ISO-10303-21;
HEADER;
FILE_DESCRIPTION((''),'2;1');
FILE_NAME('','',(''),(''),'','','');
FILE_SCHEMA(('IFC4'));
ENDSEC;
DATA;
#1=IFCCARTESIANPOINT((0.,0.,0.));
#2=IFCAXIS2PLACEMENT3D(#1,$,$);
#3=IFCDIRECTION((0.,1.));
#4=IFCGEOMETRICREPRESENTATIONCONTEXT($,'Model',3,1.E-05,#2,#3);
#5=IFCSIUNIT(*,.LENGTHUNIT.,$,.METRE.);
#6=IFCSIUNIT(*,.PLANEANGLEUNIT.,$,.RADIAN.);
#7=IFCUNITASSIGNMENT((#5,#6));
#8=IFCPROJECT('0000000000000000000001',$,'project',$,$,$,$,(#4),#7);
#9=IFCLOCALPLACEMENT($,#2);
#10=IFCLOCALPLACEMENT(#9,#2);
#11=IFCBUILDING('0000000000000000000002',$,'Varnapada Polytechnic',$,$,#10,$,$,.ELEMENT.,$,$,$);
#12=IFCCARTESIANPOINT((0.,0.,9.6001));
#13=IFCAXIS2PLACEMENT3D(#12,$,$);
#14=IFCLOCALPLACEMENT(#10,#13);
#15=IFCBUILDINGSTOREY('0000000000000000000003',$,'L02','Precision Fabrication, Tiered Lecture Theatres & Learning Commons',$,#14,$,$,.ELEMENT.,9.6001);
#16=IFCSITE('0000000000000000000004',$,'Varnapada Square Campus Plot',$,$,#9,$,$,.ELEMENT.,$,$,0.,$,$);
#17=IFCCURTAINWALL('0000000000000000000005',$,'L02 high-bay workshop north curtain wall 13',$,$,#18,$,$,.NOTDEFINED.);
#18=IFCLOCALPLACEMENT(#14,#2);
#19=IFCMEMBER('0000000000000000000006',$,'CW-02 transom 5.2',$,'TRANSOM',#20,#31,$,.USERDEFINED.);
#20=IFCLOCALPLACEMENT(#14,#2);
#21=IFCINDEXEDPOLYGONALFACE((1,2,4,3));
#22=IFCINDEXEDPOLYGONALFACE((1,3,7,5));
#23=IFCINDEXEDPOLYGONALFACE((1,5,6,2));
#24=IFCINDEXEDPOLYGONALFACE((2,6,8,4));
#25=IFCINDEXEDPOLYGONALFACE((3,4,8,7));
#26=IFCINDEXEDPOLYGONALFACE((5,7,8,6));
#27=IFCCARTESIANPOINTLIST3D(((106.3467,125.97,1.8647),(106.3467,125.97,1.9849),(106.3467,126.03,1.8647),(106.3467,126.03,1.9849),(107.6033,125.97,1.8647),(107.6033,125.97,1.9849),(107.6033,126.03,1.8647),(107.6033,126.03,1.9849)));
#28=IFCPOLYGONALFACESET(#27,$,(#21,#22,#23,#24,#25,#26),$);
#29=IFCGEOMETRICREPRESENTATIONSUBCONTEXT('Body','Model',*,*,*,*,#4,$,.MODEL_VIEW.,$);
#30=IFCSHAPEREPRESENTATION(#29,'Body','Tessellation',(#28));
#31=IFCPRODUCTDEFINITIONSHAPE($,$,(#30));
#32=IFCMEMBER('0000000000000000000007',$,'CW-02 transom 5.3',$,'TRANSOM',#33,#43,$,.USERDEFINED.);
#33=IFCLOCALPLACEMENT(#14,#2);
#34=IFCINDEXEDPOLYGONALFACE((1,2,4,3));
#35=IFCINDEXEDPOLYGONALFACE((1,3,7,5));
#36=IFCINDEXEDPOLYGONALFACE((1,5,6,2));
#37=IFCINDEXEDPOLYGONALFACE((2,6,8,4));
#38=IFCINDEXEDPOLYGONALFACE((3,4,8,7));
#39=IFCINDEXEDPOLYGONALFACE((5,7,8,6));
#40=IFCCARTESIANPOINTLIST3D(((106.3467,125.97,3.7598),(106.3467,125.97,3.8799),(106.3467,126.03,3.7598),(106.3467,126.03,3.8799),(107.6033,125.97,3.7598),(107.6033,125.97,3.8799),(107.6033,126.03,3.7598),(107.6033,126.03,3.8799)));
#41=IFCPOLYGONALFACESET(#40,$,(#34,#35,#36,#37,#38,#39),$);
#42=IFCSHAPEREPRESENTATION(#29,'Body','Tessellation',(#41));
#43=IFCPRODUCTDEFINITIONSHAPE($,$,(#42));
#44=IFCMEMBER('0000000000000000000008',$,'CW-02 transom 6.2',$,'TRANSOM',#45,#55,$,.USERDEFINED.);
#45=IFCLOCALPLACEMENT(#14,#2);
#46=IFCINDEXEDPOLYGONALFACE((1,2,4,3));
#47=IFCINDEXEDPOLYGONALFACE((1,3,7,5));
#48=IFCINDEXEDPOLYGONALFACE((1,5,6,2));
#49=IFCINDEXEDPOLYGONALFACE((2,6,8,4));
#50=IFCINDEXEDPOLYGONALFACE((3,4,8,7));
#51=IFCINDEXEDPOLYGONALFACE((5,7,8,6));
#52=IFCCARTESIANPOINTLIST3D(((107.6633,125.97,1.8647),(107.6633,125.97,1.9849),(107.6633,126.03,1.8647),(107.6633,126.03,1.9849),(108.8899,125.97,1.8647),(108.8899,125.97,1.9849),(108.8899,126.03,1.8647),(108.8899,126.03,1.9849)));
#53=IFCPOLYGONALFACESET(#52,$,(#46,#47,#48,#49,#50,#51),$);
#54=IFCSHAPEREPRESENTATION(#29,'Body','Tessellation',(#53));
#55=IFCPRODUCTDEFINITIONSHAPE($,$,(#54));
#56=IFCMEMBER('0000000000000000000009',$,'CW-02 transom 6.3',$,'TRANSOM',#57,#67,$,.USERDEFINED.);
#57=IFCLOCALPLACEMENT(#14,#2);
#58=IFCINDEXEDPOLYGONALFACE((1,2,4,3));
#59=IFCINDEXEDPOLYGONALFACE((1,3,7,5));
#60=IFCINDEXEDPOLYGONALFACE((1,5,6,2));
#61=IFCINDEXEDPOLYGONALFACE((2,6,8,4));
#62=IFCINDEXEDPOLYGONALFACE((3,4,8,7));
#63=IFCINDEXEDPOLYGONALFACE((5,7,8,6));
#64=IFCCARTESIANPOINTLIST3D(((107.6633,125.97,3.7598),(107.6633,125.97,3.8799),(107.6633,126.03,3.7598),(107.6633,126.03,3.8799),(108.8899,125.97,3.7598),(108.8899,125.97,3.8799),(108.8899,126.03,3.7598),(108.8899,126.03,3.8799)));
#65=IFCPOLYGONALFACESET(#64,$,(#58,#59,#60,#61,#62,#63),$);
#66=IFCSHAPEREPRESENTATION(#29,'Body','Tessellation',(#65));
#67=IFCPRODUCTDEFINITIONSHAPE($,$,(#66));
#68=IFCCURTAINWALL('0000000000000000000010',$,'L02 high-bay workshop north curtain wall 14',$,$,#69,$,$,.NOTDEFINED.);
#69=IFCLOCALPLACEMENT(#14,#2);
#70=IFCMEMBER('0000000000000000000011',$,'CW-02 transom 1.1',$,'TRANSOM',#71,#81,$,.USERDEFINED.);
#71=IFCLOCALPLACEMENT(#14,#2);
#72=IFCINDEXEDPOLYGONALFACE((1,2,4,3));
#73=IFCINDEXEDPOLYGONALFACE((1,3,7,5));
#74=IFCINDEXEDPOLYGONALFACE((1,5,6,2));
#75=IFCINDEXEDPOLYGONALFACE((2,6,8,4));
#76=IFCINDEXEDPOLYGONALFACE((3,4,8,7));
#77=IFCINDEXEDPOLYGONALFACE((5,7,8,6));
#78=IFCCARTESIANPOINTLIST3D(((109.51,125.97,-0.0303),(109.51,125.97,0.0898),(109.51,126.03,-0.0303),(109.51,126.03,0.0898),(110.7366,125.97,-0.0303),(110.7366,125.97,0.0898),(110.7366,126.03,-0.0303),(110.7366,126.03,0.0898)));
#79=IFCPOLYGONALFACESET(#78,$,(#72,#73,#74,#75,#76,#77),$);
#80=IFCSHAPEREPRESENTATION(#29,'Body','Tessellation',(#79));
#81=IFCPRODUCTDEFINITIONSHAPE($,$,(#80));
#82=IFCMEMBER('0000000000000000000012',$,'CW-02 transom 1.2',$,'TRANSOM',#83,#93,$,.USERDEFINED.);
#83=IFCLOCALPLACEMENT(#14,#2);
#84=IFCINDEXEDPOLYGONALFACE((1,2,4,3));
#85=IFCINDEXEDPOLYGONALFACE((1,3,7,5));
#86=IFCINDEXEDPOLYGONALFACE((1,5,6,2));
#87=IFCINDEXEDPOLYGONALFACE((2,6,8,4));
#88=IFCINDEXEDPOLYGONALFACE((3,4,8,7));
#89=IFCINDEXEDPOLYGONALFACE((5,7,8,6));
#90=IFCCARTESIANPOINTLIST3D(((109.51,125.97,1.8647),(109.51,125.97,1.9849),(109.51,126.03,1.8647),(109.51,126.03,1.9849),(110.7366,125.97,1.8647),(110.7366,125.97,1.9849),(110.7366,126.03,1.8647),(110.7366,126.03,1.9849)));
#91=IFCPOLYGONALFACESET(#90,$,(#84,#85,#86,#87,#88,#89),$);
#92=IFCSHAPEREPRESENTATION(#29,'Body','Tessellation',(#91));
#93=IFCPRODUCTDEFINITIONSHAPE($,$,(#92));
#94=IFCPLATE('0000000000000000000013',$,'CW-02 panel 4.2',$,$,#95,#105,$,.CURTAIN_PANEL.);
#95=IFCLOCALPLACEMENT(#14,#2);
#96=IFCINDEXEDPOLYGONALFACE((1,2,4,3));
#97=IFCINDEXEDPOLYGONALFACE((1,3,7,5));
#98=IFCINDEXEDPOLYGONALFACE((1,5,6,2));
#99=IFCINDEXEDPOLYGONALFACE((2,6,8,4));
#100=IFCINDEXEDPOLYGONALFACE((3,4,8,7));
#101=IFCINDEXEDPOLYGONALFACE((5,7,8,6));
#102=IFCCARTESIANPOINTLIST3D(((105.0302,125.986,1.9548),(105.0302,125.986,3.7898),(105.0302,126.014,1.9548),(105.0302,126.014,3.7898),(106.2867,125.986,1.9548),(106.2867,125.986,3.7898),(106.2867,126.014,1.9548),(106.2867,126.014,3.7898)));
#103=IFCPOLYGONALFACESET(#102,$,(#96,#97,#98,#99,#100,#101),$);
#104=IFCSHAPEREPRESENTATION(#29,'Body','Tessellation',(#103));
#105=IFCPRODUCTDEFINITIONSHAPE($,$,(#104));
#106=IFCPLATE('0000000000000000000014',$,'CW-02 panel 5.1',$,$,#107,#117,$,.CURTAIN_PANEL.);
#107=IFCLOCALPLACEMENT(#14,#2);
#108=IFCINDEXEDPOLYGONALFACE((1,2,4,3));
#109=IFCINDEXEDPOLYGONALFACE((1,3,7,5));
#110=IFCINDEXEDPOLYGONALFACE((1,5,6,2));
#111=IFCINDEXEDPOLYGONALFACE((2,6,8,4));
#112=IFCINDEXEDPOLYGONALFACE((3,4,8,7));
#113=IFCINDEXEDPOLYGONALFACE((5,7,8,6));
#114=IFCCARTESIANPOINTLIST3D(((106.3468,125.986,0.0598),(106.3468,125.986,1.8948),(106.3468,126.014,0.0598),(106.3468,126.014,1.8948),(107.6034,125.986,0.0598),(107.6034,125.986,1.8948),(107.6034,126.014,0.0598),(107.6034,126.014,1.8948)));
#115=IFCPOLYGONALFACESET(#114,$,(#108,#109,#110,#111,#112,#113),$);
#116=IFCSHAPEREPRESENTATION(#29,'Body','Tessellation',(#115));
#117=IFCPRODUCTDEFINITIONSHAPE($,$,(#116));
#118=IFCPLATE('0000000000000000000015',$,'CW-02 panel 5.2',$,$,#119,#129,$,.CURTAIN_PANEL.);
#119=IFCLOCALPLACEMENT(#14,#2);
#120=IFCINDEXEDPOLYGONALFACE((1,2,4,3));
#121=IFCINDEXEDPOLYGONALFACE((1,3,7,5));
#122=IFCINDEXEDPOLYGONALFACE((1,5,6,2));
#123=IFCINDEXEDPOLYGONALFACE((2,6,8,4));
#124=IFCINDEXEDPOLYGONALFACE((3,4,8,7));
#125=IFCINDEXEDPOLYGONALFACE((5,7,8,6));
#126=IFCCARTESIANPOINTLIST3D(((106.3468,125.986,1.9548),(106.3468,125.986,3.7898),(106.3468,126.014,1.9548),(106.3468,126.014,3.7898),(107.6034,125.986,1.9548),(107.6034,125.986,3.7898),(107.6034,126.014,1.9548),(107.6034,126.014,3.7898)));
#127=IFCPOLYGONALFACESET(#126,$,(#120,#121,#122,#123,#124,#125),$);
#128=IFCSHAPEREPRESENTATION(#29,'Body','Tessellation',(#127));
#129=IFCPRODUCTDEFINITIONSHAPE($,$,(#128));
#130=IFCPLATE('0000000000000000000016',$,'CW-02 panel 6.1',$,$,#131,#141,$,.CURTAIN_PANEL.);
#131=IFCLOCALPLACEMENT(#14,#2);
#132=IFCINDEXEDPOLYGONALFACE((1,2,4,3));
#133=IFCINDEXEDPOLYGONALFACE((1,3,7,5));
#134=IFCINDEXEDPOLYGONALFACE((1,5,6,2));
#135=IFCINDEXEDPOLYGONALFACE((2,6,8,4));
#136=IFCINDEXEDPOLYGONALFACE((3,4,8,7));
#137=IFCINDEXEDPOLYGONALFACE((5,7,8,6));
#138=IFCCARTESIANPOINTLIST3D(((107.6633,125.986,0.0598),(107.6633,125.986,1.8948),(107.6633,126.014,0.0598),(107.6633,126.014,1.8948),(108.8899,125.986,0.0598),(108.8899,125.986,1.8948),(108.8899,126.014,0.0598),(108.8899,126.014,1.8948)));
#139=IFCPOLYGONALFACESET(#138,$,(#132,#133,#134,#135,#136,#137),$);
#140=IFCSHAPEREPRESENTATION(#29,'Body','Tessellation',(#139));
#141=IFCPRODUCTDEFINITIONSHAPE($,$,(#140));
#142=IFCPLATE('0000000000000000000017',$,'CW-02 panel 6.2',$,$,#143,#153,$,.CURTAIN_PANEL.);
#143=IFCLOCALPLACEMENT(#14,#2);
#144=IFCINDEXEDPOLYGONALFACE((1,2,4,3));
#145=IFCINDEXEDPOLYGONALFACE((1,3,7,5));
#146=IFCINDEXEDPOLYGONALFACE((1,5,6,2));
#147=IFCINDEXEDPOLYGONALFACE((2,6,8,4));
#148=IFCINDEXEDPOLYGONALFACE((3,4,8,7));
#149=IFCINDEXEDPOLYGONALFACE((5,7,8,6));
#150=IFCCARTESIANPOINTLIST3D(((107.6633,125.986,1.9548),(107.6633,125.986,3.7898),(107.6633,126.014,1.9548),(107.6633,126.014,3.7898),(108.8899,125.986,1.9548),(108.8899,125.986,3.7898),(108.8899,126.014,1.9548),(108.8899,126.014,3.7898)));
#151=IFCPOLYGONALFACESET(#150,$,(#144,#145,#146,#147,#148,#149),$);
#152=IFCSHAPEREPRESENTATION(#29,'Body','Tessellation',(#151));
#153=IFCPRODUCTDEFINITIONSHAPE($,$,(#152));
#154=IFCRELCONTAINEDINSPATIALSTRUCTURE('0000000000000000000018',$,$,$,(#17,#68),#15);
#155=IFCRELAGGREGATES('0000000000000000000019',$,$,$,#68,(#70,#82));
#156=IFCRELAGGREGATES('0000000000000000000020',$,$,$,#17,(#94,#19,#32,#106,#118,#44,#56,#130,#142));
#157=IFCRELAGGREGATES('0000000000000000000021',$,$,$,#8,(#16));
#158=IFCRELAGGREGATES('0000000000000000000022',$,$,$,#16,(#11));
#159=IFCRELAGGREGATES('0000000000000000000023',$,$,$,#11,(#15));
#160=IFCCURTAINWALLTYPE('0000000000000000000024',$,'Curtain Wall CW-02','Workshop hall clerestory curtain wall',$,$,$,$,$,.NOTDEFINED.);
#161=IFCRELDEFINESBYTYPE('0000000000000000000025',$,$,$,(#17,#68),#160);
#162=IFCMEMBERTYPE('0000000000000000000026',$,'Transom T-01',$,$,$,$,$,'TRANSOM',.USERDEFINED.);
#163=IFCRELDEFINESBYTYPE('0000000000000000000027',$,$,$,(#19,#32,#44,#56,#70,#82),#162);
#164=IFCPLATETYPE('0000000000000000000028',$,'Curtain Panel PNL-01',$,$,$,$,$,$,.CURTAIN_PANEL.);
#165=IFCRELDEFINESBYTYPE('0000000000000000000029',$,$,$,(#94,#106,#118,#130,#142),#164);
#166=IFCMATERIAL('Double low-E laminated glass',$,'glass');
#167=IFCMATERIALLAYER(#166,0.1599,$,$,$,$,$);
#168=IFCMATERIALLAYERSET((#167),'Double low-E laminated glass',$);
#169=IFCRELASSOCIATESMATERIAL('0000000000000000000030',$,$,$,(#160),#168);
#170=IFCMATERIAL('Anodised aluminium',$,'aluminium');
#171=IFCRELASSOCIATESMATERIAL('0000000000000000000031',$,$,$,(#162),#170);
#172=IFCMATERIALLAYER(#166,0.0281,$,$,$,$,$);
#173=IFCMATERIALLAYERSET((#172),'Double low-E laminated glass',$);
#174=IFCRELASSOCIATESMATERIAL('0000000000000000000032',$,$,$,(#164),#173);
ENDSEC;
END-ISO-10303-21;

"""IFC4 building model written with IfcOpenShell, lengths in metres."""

from ifc_helpers import new_model, si_unit, direction, frame, origin, origin_2d, place, context, subcontext, project, spatial, rectangle, extrude, material, layer, layer_set, material_profile, profile_set, type_object, element, aggregate, save


model = new_model("IFC4")

# Units and contexts
model_context = context("Model", 3, precision=1e-05, world=origin(), true_north=direction((0.0, 1.0)))
body_context = subcontext(model_context, "Body", "Model", "MODEL_VIEW")
ifc_project = project(units=[si_unit("LENGTHUNIT", "METRE"), si_unit("PLANEANGLEUNIT", "RADIAN")], contexts=[model_context])

# Site, building, storey
site_placement = place(None, origin())
site = spatial("IfcSite", under=ifc_project, at=site_placement, Name="Varnapada Square Campus Plot", CompositionType="ELEMENT", RefElevation=0.0)
building_placement = place(site_placement, origin())
building = spatial("IfcBuilding", under=site, at=building_placement, Name="Varnapada Polytechnic", CompositionType="ELEMENT")
storey_placement = place(building_placement, frame((0.0, 0.0, 9.6001)))
storey = spatial("IfcBuildingStorey", under=building, at=storey_placement, Name="L02", Description="Precision Fabrication, Tiered Lecture Theatres & Learning Commons", CompositionType="ELEMENT", Elevation=9.6001)

# Curtain walls, members
ifc_material_1 = material(Name="Double low-E laminated glass", Category="glass")
ifc_layer_1 = layer(ifc_material_1, 0.1599)
ifc_layer_set_1 = layer_set([ifc_layer_1], Name="Double low-E laminated glass")
curtain_wall_type = type_object("IfcCurtainWallType", Name="Curtain Wall CW-02", Description="Workshop hall clerestory curtain wall", PredefinedType="NOTDEFINED", material=ifc_layer_set_1)
curtain_wall_1_placement = place(storey_placement, origin())
curtain_wall_1 = element("IfcCurtainWall", 1, at=curtain_wall_1_placement, inside=storey, type_object=curtain_wall_type, Name="L02 high-bay workshop north curtain wall 13", PredefinedType="NOTDEFINED")
ifc_material_2 = material(Name="Anodised aluminium", Category="aluminium")
ifc_material_profile = material_profile(ifc_material_2, rectangle(XDim=0.0601, YDim=0.1201, at=origin_2d()), Name="ALU T60x120")
ifc_profile_set = profile_set([ifc_material_profile], Name="Anodised aluminium")
member_type = type_object("IfcMemberType", Name="Transom T-01", ElementType="TRANSOM", PredefinedType="USERDEFINED", material=ifc_profile_set)
member_1_placement = place(storey_placement, frame((106.3467, 126.0, 1.9248), z_axis=(1.0, 0.0, 0.0), x_axis=(0.0, 1.0, 0.0)))
member_1 = element("IfcMember", 2, at=member_1_placement, type_object=member_type, Name="CW-02 transom 5.2", ObjectType="TRANSOM", PredefinedType="USERDEFINED", context=body_context, shape_type="SweptSolid", body=[
    extrude(rectangle(XDim=0.0601, YDim=0.1201, at=origin_2d()), origin(), (0.0, 0.0, 1.0), 1.2566),
])
member_2_placement = place(storey_placement, frame((106.3467, 126.0, 3.8198), z_axis=(1.0, 0.0, 0.0), x_axis=(0.0, 1.0, 0.0)))
member_2 = element("IfcMember", 3, at=member_2_placement, type_object=member_type, Name="CW-02 transom 5.3", ObjectType="TRANSOM", PredefinedType="USERDEFINED", context=body_context, shape_type="SweptSolid", body=[
    extrude(rectangle(XDim=0.0601, YDim=0.1201, at=origin_2d()), origin(), (0.0, 0.0, 1.0), 1.2566),
])
member_3_placement = place(storey_placement, frame((107.6633, 126.0, 1.9248), z_axis=(1.0, 0.0, 0.0), x_axis=(0.0, 1.0, 0.0)))
member_3 = element("IfcMember", 4, at=member_3_placement, type_object=member_type, Name="CW-02 transom 6.2", ObjectType="TRANSOM", PredefinedType="USERDEFINED", context=body_context, shape_type="SweptSolid", body=[
    extrude(rectangle(XDim=0.0601, YDim=0.1201, at=origin_2d()), origin(), (0.0, 0.0, 1.0), 1.2266),
])
member_4_placement = place(storey_placement, frame((107.6633, 126.0, 3.8198), z_axis=(1.0, 0.0, 0.0), x_axis=(0.0, 1.0, 0.0)))
member_4 = element("IfcMember", 5, at=member_4_placement, type_object=member_type, Name="CW-02 transom 6.3", ObjectType="TRANSOM", PredefinedType="USERDEFINED", context=body_context, shape_type="SweptSolid", body=[
    extrude(rectangle(XDim=0.0601, YDim=0.1201, at=origin_2d()), origin(), (0.0, 0.0, 1.0), 1.2266),
])
curtain_wall_2_placement = place(storey_placement, origin())
curtain_wall_2 = element("IfcCurtainWall", 6, at=curtain_wall_2_placement, inside=storey, type_object=curtain_wall_type, Name="L02 high-bay workshop north curtain wall 14", PredefinedType="NOTDEFINED")
member_5_placement = place(storey_placement, frame((109.51, 126.0, 0.0298), z_axis=(1.0, 0.0, 0.0), x_axis=(0.0, 1.0, 0.0)))
member_5 = element("IfcMember", 7, at=member_5_placement, type_object=member_type, Name="CW-02 transom 1.1", ObjectType="TRANSOM", PredefinedType="USERDEFINED", context=body_context, shape_type="SweptSolid", body=[
    extrude(rectangle(XDim=0.0601, YDim=0.1201, at=origin_2d()), origin(), (0.0, 0.0, 1.0), 1.2266),
])
member_6_placement = place(storey_placement, frame((109.51, 126.0, 1.9248), z_axis=(1.0, 0.0, 0.0), x_axis=(0.0, 1.0, 0.0)))
member_6 = element("IfcMember", 8, at=member_6_placement, type_object=member_type, Name="CW-02 transom 1.2", ObjectType="TRANSOM", PredefinedType="USERDEFINED", context=body_context, shape_type="SweptSolid", body=[
    extrude(rectangle(XDim=0.0601, YDim=0.1201, at=origin_2d()), origin(), (0.0, 0.0, 1.0), 1.2266),
])
aggregate(curtain_wall_2, [member_5, member_6])

# Plates
ifc_layer_2 = layer(ifc_material_1, 0.0281)
ifc_layer_set_2 = layer_set([ifc_layer_2], Name="Double low-E laminated glass")
plate_type = type_object("IfcPlateType", Name="Curtain Panel PNL-01", PredefinedType="CURTAIN_PANEL", material=ifc_layer_set_2)
plate_1_placement = place(storey_placement, frame((105.6584, 126.0, 1.9548), z_axis=(0.0, 0.0, 1.0), x_axis=(1.0, 0.0, 0.0)))
plate_1 = element("IfcPlate", 9, at=plate_1_placement, type_object=plate_type, Name="CW-02 panel 4.2", PredefinedType="CURTAIN_PANEL", context=body_context, shape_type="SweptSolid", body=[
    extrude(rectangle(XDim=1.2566, YDim=0.0281, at=origin_2d()), origin(), (0.0, 0.0, 1.0), 1.835),
])
plate_2_placement = place(storey_placement, frame((106.9751, 126.0, 0.0598), z_axis=(0.0, 0.0, 1.0), x_axis=(1.0, 0.0, 0.0)))
plate_2 = element("IfcPlate", 10, at=plate_2_placement, type_object=plate_type, Name="CW-02 panel 5.1", PredefinedType="CURTAIN_PANEL", context=body_context, shape_type="SweptSolid", body=[
    extrude(rectangle(XDim=1.2566, YDim=0.0281, at=origin_2d()), origin(), (0.0, 0.0, 1.0), 1.835),
])
plate_3_placement = place(storey_placement, frame((106.9751, 126.0, 1.9548), z_axis=(0.0, 0.0, 1.0), x_axis=(1.0, 0.0, 0.0)))
plate_3 = element("IfcPlate", 11, at=plate_3_placement, type_object=plate_type, Name="CW-02 panel 5.2", PredefinedType="CURTAIN_PANEL", context=body_context, shape_type="SweptSolid", body=[
    extrude(rectangle(XDim=1.2566, YDim=0.0281, at=origin_2d()), origin(), (0.0, 0.0, 1.0), 1.835),
])
plate_4_placement = place(storey_placement, frame((108.2766, 126.0, 0.0598), z_axis=(0.0, 0.0, 1.0), x_axis=(1.0, 0.0, 0.0)))
plate_4 = element("IfcPlate", 12, at=plate_4_placement, type_object=plate_type, Name="CW-02 panel 6.1", PredefinedType="CURTAIN_PANEL", context=body_context, shape_type="SweptSolid", body=[
    extrude(rectangle(XDim=1.2266, YDim=0.0281, at=origin_2d()), origin(), (0.0, 0.0, 1.0), 1.835),
])
plate_5_placement = place(storey_placement, frame((108.2766, 126.0, 1.9548), z_axis=(0.0, 0.0, 1.0), x_axis=(1.0, 0.0, 0.0)))
plate_5 = element("IfcPlate", 13, at=plate_5_placement, type_object=plate_type, Name="CW-02 panel 6.2", PredefinedType="CURTAIN_PANEL", context=body_context, shape_type="SweptSolid", body=[
    extrude(rectangle(XDim=1.2266, YDim=0.0281, at=origin_2d()), origin(), (0.0, 0.0, 1.0), 1.835),
])
aggregate(curtain_wall_1, [plate_1, member_1, member_2, plate_2, plate_3, member_3, member_4, plate_4, plate_5])

save(model, "model.ifc")
